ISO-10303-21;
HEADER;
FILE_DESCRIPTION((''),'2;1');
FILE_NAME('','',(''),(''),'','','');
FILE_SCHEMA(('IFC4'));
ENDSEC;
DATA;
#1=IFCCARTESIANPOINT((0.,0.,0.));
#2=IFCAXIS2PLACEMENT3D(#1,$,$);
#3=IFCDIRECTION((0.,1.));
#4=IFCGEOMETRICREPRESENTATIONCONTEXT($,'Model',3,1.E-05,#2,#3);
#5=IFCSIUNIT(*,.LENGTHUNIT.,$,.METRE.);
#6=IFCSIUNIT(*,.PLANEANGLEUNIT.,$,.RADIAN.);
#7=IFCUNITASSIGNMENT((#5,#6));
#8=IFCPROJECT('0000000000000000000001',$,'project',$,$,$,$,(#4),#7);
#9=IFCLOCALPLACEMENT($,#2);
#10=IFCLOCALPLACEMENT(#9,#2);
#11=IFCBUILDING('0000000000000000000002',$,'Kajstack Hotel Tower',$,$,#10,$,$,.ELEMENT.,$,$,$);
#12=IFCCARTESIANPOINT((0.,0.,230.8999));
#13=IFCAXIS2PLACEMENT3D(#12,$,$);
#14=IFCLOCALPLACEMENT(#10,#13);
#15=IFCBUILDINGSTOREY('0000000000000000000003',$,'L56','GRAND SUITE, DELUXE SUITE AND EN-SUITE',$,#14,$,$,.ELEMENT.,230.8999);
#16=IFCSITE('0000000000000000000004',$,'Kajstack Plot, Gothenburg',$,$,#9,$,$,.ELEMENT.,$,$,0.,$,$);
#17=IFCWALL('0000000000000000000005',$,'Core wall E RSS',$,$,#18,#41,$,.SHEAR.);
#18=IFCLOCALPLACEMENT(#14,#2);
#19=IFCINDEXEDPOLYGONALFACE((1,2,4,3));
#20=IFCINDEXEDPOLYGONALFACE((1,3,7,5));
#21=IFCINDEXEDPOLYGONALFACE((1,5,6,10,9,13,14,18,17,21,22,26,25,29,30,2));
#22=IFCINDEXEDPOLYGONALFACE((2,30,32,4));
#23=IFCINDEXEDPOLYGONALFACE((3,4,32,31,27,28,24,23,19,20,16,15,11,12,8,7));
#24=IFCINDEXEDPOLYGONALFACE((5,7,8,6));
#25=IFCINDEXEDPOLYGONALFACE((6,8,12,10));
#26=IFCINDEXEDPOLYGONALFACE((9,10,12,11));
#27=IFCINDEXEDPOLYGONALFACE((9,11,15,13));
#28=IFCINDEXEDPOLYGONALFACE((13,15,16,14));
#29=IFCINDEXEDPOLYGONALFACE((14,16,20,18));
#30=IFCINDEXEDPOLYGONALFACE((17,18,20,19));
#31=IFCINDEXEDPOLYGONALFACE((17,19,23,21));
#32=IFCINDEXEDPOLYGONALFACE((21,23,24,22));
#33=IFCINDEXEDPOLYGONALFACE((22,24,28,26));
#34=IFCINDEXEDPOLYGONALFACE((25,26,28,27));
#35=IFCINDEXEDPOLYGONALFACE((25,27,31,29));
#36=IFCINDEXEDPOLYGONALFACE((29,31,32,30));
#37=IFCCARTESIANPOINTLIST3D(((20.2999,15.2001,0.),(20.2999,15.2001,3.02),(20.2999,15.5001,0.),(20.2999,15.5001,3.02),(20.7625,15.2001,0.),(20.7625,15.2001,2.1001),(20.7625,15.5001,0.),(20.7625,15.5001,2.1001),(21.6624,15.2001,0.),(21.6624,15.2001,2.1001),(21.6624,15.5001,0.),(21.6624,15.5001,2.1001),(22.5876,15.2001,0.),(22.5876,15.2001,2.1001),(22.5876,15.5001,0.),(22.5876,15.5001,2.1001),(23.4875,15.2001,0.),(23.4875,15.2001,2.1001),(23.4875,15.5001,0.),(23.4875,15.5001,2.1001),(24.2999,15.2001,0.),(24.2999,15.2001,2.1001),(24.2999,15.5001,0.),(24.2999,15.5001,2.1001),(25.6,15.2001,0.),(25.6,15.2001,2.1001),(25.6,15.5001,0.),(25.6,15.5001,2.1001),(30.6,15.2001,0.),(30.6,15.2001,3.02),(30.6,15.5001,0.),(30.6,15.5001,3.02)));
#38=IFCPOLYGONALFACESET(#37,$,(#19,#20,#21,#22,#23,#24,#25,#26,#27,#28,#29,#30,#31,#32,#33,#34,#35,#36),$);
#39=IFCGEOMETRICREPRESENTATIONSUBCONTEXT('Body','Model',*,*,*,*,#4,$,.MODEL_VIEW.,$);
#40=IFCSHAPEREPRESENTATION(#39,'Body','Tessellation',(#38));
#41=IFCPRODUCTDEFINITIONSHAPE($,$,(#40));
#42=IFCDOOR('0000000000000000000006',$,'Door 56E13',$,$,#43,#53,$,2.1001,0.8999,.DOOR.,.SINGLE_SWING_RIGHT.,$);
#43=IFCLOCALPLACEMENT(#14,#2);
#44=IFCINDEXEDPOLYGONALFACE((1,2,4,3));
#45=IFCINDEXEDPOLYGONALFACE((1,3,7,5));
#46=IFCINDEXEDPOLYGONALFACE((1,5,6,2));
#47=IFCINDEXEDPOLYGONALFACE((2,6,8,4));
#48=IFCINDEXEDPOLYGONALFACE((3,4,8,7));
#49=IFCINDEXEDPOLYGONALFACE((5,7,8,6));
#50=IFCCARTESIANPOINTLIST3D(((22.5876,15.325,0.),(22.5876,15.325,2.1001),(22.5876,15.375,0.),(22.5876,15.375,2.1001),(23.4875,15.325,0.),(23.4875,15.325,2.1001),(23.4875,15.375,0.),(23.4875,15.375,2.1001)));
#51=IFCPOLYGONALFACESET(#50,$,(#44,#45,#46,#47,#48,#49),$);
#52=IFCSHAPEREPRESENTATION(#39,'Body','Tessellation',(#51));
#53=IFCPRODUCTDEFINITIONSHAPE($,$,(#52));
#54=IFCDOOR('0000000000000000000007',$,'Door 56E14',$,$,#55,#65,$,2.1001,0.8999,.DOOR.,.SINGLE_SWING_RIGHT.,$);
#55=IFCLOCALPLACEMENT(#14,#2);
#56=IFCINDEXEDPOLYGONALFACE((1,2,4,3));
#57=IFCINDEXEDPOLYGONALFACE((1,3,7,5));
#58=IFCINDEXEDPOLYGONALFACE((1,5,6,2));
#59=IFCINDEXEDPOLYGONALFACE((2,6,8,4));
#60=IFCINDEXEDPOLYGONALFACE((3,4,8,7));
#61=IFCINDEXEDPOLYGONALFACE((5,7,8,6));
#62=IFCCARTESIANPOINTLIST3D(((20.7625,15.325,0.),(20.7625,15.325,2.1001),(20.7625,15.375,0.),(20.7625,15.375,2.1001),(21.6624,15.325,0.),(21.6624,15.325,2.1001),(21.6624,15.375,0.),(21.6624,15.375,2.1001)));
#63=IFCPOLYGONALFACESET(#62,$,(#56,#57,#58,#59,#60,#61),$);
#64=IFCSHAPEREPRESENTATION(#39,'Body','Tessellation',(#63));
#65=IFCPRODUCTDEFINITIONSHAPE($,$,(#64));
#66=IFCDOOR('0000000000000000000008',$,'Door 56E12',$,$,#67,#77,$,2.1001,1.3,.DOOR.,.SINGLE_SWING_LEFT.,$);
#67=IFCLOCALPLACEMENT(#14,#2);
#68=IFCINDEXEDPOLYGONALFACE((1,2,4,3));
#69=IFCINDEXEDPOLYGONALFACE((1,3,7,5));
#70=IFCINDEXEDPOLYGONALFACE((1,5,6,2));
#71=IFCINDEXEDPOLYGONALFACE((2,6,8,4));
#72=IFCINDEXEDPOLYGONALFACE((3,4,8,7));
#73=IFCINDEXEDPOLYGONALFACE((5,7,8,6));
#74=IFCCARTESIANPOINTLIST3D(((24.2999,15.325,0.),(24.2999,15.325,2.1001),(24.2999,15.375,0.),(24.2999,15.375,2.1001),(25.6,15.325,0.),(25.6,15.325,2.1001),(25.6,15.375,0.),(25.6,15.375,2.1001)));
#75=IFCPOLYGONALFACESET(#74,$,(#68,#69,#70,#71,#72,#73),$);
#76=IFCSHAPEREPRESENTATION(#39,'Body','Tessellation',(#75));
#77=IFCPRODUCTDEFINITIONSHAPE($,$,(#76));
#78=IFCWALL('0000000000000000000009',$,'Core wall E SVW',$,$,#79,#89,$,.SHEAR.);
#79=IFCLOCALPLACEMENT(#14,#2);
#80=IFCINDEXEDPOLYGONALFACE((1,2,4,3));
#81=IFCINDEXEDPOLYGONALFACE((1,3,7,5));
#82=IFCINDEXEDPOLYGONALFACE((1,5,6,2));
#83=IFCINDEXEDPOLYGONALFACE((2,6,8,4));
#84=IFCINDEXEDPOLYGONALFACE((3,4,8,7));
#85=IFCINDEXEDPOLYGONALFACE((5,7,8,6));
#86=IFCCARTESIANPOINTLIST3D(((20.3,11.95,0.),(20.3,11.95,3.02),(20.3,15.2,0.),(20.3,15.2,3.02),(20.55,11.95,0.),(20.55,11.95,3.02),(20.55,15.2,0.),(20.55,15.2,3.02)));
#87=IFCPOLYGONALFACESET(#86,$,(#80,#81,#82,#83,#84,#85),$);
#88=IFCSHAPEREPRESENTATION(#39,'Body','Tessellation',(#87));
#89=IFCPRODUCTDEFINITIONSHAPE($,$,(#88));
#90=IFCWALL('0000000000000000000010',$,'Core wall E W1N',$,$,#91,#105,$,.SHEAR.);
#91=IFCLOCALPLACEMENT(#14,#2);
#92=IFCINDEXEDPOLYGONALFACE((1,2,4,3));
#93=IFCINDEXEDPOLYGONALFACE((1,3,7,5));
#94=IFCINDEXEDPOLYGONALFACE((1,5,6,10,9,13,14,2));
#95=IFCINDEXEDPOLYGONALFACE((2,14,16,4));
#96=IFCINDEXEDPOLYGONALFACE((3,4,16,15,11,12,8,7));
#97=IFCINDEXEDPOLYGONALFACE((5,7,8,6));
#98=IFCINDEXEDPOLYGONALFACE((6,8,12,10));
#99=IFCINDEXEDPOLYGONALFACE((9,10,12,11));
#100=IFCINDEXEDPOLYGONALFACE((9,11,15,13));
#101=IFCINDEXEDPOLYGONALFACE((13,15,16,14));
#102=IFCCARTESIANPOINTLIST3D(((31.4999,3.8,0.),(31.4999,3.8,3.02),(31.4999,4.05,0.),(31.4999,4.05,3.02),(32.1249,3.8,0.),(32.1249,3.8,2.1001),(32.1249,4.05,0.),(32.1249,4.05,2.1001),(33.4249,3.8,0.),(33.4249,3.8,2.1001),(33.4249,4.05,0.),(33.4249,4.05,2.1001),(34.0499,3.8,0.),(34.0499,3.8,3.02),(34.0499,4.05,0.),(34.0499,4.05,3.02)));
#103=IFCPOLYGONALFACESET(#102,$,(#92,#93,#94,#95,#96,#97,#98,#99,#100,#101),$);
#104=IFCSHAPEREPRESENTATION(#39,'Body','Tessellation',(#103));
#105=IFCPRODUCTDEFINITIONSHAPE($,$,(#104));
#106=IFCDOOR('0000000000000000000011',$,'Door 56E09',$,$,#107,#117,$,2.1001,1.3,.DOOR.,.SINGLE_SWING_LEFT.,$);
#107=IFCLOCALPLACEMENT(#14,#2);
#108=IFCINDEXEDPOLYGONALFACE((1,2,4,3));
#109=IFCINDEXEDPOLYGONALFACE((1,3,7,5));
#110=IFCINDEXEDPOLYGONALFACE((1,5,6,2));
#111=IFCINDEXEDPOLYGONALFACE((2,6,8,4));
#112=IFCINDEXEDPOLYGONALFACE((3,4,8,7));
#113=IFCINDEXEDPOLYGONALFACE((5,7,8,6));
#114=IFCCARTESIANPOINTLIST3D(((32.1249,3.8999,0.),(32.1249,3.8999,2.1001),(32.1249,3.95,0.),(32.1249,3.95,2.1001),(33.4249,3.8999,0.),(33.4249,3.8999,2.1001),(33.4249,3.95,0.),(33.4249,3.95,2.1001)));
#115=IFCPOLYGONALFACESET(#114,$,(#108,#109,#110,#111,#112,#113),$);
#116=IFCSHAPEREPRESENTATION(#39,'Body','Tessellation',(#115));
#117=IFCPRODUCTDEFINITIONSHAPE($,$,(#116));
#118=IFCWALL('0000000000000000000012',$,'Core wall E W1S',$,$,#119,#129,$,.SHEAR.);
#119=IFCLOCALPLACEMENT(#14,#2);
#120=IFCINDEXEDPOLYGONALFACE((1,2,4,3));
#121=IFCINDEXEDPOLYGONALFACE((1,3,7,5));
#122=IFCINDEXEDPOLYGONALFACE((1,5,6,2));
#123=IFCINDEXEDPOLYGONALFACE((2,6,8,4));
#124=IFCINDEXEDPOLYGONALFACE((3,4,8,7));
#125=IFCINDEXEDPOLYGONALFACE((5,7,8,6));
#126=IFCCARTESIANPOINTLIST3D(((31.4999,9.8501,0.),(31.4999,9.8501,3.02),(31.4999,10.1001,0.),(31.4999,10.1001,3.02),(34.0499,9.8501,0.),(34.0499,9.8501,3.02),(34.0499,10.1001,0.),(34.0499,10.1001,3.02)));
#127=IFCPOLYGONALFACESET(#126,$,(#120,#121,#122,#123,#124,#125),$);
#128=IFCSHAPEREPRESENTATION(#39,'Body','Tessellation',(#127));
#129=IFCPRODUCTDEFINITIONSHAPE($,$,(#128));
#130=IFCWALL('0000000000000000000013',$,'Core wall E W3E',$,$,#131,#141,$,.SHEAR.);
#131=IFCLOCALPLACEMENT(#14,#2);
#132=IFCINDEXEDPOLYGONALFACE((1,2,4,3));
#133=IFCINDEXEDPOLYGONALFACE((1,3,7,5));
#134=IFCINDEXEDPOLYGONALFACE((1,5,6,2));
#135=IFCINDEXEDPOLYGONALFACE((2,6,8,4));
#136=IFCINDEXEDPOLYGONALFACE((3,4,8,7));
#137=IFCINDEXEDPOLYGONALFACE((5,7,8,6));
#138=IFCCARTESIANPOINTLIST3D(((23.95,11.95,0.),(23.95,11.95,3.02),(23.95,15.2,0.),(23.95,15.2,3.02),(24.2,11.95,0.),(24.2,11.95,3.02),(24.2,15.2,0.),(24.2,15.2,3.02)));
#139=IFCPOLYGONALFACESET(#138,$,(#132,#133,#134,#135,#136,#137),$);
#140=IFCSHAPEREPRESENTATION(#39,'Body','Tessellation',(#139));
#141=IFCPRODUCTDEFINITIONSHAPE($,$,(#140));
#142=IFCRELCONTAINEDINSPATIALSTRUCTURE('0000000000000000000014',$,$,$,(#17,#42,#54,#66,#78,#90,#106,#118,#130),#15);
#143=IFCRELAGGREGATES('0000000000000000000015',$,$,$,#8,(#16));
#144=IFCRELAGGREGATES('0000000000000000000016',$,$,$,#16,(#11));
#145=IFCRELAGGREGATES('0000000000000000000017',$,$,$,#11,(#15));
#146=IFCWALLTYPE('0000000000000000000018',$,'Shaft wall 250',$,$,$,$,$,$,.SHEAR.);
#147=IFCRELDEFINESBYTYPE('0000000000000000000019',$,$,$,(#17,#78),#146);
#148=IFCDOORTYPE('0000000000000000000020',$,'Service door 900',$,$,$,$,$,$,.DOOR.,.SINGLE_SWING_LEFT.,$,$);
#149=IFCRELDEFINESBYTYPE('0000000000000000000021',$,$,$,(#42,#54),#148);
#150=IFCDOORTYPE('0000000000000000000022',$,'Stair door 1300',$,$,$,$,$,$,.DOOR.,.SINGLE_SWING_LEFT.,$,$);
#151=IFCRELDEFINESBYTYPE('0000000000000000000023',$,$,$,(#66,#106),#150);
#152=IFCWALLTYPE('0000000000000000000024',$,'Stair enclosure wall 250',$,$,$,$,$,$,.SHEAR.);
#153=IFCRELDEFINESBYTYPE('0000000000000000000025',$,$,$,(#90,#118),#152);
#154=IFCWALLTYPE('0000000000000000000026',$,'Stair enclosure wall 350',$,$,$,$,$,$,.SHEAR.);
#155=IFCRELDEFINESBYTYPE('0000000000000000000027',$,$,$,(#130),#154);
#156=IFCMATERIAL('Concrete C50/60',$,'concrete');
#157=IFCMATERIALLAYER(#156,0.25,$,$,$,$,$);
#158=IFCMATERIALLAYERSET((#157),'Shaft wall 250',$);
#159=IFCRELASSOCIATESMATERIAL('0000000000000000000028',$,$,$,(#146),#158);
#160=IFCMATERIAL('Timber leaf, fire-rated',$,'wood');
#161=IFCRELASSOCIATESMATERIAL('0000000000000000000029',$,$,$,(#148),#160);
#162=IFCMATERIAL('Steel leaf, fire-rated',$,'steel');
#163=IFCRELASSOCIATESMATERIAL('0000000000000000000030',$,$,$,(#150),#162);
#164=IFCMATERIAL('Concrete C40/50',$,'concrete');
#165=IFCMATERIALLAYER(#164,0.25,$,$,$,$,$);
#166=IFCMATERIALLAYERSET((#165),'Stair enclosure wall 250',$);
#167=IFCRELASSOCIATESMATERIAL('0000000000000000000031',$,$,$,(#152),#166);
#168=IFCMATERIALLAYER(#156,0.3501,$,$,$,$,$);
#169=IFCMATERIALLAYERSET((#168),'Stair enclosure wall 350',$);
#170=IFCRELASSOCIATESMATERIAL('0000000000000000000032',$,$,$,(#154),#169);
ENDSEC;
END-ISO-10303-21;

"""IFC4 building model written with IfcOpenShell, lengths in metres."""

from ifc_helpers import new_model, si_unit, direction, frame, frame_2d, origin, place, context, subcontext, project, spatial, rectangle, extrude, material, layer, layer_set, type_object, element, fill, save


model = new_model("IFC4")

# Units and contexts
model_context = context("Model", 3, precision=1e-05, world=origin(), true_north=direction((0.0, 1.0)))
body_context = subcontext(model_context, "Body", "Model", "MODEL_VIEW")
ifc_project = project(units=[si_unit("LENGTHUNIT", "METRE"), si_unit("PLANEANGLEUNIT", "RADIAN")], contexts=[model_context])

# Site, building, storey
site_placement = place(None, origin())
site = spatial("IfcSite", under=ifc_project, at=site_placement, Name="Kajstack Plot, Gothenburg", CompositionType="ELEMENT", RefElevation=0.0)
building_placement = place(site_placement, origin())
building = spatial("IfcBuilding", under=site, at=building_placement, Name="Kajstack Hotel Tower", CompositionType="ELEMENT")
storey_placement = place(building_placement, frame((0.0, 0.0, 230.8999)))
storey = spatial("IfcBuildingStorey", under=building, at=storey_placement, Name="L56", Description="GRAND SUITE, DELUXE SUITE AND EN-SUITE", CompositionType="ELEMENT", Elevation=230.8999)

# Shared definitions
ifc_material_1 = material(Name="Concrete C40/50", Category="concrete")
ifc_material_2 = material(Name="Concrete C50/60", Category="concrete")

# Wall, openings, doors
ifc_layer_1 = layer(ifc_material_2, 0.25)
ifc_layer_set_1 = layer_set([ifc_layer_1], Name="Shaft wall 250")
wall_type_1 = type_object("IfcWallType", Name="Shaft wall 250", PredefinedType="SHEAR", material=ifc_layer_set_1)
wall_1_placement = place(storey_placement, frame((20.3, 15.3501, 0.0), z_axis=(0.0, 0.0, 1.0), x_axis=(1.0, 0.0, 0.0)))
wall_1 = element("IfcWall", 1, at=wall_1_placement, inside=storey, type_object=wall_type_1, Name="Core wall E RSS", PredefinedType="SHEAR", context=body_context, shape_type="SweptSolid", body=[
    extrude(rectangle(XDim=10.3, YDim=0.3, at=frame_2d((5.1499, 0.0))), origin(), (0.0, 0.0, 1.0), 3.02),
])
opening_1_placement = place(wall_1_placement, frame((4.0, 0.0, 0.0)))
opening_1 = element("IfcOpeningElement", 2, at=opening_1_placement, cuts=wall_1, PredefinedType="OPENING", context=body_context, shape_type="SweptSolid", body=[
    extrude(rectangle(XDim=1.3, YDim=2.1001, at=frame_2d((0.6499, 1.05))), frame((0.0, 0.1599, 0.0), z_axis=(0.0, -1.0, 0.0), x_axis=(1.0, 0.0, 0.0)), (0.0, 0.0, 1.0), 0.3201),
])
opening_2_placement = place(wall_1_placement, frame((2.2876, 0.0, 0.0)))
opening_2 = element("IfcOpeningElement", 3, at=opening_2_placement, cuts=wall_1, PredefinedType="OPENING", context=body_context, shape_type="SweptSolid", body=[
    extrude(rectangle(XDim=0.8999, YDim=2.1001, at=frame_2d((0.45, 1.05))), frame((0.0, 0.1599, 0.0), z_axis=(0.0, -1.0, 0.0), x_axis=(1.0, 0.0, 0.0)), (0.0, 0.0, 1.0), 0.3201),
])
opening_3_placement = place(wall_1_placement, frame((0.4624, 0.0, 0.0)))
opening_3 = element("IfcOpeningElement", 4, at=opening_3_placement, cuts=wall_1, PredefinedType="OPENING", context=body_context, shape_type="SweptSolid", body=[
    extrude(rectangle(XDim=0.8999, YDim=2.1001, at=frame_2d((0.45, 1.05))), frame((0.0, 0.1599, 0.0), z_axis=(0.0, -1.0, 0.0), x_axis=(1.0, 0.0, 0.0)), (0.0, 0.0, 1.0), 0.3201),
])
ifc_material_3 = material(Name="Timber leaf, fire-rated", Category="wood")
door_type_1 = type_object("IfcDoorType", Name="Service door 900", OperationType="SINGLE_SWING_LEFT", PredefinedType="DOOR", material=ifc_material_3)
door_1_placement = place(opening_2_placement, origin())
door_1 = element("IfcDoor", 5, at=door_1_placement, inside=storey, type_object=door_type_1, Name="Door 56E13", OperationType="SINGLE_SWING_RIGHT", OverallHeight=2.1001, OverallWidth=0.8999, PredefinedType="DOOR", context=body_context, shape_type="SweptSolid", body=[
    extrude(rectangle(XDim=0.8999, YDim=2.1001, at=frame_2d((0.45, 1.05))), frame((0.0, 0.0249, 0.0), z_axis=(0.0, -1.0, 0.0), x_axis=(1.0, 0.0, 0.0)), (0.0, 0.0, 1.0), 0.05),
])
fill(opening_2, door_1)
door_2_placement = place(opening_3_placement, origin())
door_2 = element("IfcDoor", 6, at=door_2_placement, inside=storey, type_object=door_type_1, Name="Door 56E14", OperationType="SINGLE_SWING_RIGHT", OverallHeight=2.1001, OverallWidth=0.8999, PredefinedType="DOOR", context=body_context, shape_type="SweptSolid", body=[
    extrude(rectangle(XDim=0.8999, YDim=2.1001, at=frame_2d((0.45, 1.05))), frame((0.0, 0.0249, 0.0), z_axis=(0.0, -1.0, 0.0), x_axis=(1.0, 0.0, 0.0)), (0.0, 0.0, 1.0), 0.05),
])
fill(opening_3, door_2)
ifc_material_4 = material(Name="Steel leaf, fire-rated", Category="steel")
door_type_2 = type_object("IfcDoorType", Name="Stair door 1300", OperationType="SINGLE_SWING_LEFT", PredefinedType="DOOR", material=ifc_material_4)
door_3_placement = place(opening_1_placement, origin())
door_3 = element("IfcDoor", 7, at=door_3_placement, inside=storey, type_object=door_type_2, Name="Door 56E12", OperationType="SINGLE_SWING_LEFT", OverallHeight=2.1001, OverallWidth=1.3, PredefinedType="DOOR", context=body_context, shape_type="SweptSolid", body=[
    extrude(rectangle(XDim=1.3, YDim=2.1001, at=frame_2d((0.6499, 1.05))), frame((0.0, 0.0249, 0.0), z_axis=(0.0, -1.0, 0.0), x_axis=(1.0, 0.0, 0.0)), (0.0, 0.0, 1.0), 0.05),
])
fill(opening_1, door_3)

# Wall
wall_2_placement = place(storey_placement, frame((20.425, 11.95, 0.0), z_axis=(0.0, 0.0, 1.0), x_axis=(0.0, 1.0, 0.0)))
element("IfcWall", 8, at=wall_2_placement, inside=storey, type_object=wall_type_1, Name="Core wall E SVW", PredefinedType="SHEAR", context=body_context, shape_type="SweptSolid", body=[
    extrude(rectangle(XDim=3.25, YDim=0.25, at=frame_2d((1.625, 0.0))), origin(), (0.0, 0.0, 1.0), 3.02),
])

# Wall, opening, door
ifc_layer_2 = layer(ifc_material_1, 0.25)
ifc_layer_set_2 = layer_set([ifc_layer_2], Name="Stair enclosure wall 250")
wall_type_2 = type_object("IfcWallType", Name="Stair enclosure wall 250", PredefinedType="SHEAR", material=ifc_layer_set_2)
wall_3_placement = place(storey_placement, frame((31.5, 3.925, 0.0), z_axis=(0.0, 0.0, 1.0), x_axis=(1.0, 0.0, 0.0)))
wall_3 = element("IfcWall", 9, at=wall_3_placement, inside=storey, type_object=wall_type_2, Name="Core wall E W1N", PredefinedType="SHEAR", context=body_context, shape_type="SweptSolid", body=[
    extrude(rectangle(XDim=2.55, YDim=0.25, at=frame_2d((1.2749, 0.0))), origin(), (0.0, 0.0, 1.0), 3.02),
])
opening_4_placement = place(wall_3_placement, frame((0.625, 0.0, 0.0)))
opening_4 = element("IfcOpeningElement", 10, at=opening_4_placement, cuts=wall_3, PredefinedType="OPENING", context=body_context, shape_type="SweptSolid", body=[
    extrude(rectangle(XDim=1.3, YDim=2.1001, at=frame_2d((0.6499, 1.05))), frame((0.0, 0.135, 0.0), z_axis=(0.0, -1.0, 0.0), x_axis=(1.0, 0.0, 0.0)), (0.0, 0.0, 1.0), 0.27),
])
door_4_placement = place(opening_4_placement, origin())
door_4 = element("IfcDoor", 11, at=door_4_placement, inside=storey, type_object=door_type_2, Name="Door 56E09", OperationType="SINGLE_SWING_LEFT", OverallHeight=2.1001, OverallWidth=1.3, PredefinedType="DOOR", context=body_context, shape_type="SweptSolid", body=[
    extrude(rectangle(XDim=1.3, YDim=2.1001, at=frame_2d((0.6499, 1.05))), frame((0.0, 0.0249, 0.0), z_axis=(0.0, -1.0, 0.0), x_axis=(1.0, 0.0, 0.0)), (0.0, 0.0, 1.0), 0.05),
])
fill(opening_4, door_4)

# Walls
wall_4_placement = place(storey_placement, frame((31.5, 9.9751, 0.0), z_axis=(0.0, 0.0, 1.0), x_axis=(1.0, 0.0, 0.0)))
element("IfcWall", 12, at=wall_4_placement, inside=storey, type_object=wall_type_2, Name="Core wall E W1S", PredefinedType="SHEAR", context=body_context, shape_type="SweptSolid", body=[
    extrude(rectangle(XDim=2.55, YDim=0.25, at=frame_2d((1.2749, 0.0))), origin(), (0.0, 0.0, 1.0), 3.02),
])
ifc_layer_3 = layer(ifc_material_2, 0.3501)
ifc_layer_set_3 = layer_set([ifc_layer_3], Name="Stair enclosure wall 350")
wall_type_3 = type_object("IfcWallType", Name="Stair enclosure wall 350", PredefinedType="SHEAR", material=ifc_layer_set_3)
wall_5_placement = place(storey_placement, frame((24.075, 11.95, 0.0), z_axis=(0.0, 0.0, 1.0), x_axis=(0.0, 1.0, 0.0)))
element("IfcWall", 13, at=wall_5_placement, inside=storey, type_object=wall_type_3, Name="Core wall E W3E", PredefinedType="SHEAR", context=body_context, shape_type="SweptSolid", body=[
    extrude(rectangle(XDim=3.25, YDim=0.25, at=frame_2d((1.625, 0.0))), origin(), (0.0, 0.0, 1.0), 3.02),
])

save(model, "model.ifc")
